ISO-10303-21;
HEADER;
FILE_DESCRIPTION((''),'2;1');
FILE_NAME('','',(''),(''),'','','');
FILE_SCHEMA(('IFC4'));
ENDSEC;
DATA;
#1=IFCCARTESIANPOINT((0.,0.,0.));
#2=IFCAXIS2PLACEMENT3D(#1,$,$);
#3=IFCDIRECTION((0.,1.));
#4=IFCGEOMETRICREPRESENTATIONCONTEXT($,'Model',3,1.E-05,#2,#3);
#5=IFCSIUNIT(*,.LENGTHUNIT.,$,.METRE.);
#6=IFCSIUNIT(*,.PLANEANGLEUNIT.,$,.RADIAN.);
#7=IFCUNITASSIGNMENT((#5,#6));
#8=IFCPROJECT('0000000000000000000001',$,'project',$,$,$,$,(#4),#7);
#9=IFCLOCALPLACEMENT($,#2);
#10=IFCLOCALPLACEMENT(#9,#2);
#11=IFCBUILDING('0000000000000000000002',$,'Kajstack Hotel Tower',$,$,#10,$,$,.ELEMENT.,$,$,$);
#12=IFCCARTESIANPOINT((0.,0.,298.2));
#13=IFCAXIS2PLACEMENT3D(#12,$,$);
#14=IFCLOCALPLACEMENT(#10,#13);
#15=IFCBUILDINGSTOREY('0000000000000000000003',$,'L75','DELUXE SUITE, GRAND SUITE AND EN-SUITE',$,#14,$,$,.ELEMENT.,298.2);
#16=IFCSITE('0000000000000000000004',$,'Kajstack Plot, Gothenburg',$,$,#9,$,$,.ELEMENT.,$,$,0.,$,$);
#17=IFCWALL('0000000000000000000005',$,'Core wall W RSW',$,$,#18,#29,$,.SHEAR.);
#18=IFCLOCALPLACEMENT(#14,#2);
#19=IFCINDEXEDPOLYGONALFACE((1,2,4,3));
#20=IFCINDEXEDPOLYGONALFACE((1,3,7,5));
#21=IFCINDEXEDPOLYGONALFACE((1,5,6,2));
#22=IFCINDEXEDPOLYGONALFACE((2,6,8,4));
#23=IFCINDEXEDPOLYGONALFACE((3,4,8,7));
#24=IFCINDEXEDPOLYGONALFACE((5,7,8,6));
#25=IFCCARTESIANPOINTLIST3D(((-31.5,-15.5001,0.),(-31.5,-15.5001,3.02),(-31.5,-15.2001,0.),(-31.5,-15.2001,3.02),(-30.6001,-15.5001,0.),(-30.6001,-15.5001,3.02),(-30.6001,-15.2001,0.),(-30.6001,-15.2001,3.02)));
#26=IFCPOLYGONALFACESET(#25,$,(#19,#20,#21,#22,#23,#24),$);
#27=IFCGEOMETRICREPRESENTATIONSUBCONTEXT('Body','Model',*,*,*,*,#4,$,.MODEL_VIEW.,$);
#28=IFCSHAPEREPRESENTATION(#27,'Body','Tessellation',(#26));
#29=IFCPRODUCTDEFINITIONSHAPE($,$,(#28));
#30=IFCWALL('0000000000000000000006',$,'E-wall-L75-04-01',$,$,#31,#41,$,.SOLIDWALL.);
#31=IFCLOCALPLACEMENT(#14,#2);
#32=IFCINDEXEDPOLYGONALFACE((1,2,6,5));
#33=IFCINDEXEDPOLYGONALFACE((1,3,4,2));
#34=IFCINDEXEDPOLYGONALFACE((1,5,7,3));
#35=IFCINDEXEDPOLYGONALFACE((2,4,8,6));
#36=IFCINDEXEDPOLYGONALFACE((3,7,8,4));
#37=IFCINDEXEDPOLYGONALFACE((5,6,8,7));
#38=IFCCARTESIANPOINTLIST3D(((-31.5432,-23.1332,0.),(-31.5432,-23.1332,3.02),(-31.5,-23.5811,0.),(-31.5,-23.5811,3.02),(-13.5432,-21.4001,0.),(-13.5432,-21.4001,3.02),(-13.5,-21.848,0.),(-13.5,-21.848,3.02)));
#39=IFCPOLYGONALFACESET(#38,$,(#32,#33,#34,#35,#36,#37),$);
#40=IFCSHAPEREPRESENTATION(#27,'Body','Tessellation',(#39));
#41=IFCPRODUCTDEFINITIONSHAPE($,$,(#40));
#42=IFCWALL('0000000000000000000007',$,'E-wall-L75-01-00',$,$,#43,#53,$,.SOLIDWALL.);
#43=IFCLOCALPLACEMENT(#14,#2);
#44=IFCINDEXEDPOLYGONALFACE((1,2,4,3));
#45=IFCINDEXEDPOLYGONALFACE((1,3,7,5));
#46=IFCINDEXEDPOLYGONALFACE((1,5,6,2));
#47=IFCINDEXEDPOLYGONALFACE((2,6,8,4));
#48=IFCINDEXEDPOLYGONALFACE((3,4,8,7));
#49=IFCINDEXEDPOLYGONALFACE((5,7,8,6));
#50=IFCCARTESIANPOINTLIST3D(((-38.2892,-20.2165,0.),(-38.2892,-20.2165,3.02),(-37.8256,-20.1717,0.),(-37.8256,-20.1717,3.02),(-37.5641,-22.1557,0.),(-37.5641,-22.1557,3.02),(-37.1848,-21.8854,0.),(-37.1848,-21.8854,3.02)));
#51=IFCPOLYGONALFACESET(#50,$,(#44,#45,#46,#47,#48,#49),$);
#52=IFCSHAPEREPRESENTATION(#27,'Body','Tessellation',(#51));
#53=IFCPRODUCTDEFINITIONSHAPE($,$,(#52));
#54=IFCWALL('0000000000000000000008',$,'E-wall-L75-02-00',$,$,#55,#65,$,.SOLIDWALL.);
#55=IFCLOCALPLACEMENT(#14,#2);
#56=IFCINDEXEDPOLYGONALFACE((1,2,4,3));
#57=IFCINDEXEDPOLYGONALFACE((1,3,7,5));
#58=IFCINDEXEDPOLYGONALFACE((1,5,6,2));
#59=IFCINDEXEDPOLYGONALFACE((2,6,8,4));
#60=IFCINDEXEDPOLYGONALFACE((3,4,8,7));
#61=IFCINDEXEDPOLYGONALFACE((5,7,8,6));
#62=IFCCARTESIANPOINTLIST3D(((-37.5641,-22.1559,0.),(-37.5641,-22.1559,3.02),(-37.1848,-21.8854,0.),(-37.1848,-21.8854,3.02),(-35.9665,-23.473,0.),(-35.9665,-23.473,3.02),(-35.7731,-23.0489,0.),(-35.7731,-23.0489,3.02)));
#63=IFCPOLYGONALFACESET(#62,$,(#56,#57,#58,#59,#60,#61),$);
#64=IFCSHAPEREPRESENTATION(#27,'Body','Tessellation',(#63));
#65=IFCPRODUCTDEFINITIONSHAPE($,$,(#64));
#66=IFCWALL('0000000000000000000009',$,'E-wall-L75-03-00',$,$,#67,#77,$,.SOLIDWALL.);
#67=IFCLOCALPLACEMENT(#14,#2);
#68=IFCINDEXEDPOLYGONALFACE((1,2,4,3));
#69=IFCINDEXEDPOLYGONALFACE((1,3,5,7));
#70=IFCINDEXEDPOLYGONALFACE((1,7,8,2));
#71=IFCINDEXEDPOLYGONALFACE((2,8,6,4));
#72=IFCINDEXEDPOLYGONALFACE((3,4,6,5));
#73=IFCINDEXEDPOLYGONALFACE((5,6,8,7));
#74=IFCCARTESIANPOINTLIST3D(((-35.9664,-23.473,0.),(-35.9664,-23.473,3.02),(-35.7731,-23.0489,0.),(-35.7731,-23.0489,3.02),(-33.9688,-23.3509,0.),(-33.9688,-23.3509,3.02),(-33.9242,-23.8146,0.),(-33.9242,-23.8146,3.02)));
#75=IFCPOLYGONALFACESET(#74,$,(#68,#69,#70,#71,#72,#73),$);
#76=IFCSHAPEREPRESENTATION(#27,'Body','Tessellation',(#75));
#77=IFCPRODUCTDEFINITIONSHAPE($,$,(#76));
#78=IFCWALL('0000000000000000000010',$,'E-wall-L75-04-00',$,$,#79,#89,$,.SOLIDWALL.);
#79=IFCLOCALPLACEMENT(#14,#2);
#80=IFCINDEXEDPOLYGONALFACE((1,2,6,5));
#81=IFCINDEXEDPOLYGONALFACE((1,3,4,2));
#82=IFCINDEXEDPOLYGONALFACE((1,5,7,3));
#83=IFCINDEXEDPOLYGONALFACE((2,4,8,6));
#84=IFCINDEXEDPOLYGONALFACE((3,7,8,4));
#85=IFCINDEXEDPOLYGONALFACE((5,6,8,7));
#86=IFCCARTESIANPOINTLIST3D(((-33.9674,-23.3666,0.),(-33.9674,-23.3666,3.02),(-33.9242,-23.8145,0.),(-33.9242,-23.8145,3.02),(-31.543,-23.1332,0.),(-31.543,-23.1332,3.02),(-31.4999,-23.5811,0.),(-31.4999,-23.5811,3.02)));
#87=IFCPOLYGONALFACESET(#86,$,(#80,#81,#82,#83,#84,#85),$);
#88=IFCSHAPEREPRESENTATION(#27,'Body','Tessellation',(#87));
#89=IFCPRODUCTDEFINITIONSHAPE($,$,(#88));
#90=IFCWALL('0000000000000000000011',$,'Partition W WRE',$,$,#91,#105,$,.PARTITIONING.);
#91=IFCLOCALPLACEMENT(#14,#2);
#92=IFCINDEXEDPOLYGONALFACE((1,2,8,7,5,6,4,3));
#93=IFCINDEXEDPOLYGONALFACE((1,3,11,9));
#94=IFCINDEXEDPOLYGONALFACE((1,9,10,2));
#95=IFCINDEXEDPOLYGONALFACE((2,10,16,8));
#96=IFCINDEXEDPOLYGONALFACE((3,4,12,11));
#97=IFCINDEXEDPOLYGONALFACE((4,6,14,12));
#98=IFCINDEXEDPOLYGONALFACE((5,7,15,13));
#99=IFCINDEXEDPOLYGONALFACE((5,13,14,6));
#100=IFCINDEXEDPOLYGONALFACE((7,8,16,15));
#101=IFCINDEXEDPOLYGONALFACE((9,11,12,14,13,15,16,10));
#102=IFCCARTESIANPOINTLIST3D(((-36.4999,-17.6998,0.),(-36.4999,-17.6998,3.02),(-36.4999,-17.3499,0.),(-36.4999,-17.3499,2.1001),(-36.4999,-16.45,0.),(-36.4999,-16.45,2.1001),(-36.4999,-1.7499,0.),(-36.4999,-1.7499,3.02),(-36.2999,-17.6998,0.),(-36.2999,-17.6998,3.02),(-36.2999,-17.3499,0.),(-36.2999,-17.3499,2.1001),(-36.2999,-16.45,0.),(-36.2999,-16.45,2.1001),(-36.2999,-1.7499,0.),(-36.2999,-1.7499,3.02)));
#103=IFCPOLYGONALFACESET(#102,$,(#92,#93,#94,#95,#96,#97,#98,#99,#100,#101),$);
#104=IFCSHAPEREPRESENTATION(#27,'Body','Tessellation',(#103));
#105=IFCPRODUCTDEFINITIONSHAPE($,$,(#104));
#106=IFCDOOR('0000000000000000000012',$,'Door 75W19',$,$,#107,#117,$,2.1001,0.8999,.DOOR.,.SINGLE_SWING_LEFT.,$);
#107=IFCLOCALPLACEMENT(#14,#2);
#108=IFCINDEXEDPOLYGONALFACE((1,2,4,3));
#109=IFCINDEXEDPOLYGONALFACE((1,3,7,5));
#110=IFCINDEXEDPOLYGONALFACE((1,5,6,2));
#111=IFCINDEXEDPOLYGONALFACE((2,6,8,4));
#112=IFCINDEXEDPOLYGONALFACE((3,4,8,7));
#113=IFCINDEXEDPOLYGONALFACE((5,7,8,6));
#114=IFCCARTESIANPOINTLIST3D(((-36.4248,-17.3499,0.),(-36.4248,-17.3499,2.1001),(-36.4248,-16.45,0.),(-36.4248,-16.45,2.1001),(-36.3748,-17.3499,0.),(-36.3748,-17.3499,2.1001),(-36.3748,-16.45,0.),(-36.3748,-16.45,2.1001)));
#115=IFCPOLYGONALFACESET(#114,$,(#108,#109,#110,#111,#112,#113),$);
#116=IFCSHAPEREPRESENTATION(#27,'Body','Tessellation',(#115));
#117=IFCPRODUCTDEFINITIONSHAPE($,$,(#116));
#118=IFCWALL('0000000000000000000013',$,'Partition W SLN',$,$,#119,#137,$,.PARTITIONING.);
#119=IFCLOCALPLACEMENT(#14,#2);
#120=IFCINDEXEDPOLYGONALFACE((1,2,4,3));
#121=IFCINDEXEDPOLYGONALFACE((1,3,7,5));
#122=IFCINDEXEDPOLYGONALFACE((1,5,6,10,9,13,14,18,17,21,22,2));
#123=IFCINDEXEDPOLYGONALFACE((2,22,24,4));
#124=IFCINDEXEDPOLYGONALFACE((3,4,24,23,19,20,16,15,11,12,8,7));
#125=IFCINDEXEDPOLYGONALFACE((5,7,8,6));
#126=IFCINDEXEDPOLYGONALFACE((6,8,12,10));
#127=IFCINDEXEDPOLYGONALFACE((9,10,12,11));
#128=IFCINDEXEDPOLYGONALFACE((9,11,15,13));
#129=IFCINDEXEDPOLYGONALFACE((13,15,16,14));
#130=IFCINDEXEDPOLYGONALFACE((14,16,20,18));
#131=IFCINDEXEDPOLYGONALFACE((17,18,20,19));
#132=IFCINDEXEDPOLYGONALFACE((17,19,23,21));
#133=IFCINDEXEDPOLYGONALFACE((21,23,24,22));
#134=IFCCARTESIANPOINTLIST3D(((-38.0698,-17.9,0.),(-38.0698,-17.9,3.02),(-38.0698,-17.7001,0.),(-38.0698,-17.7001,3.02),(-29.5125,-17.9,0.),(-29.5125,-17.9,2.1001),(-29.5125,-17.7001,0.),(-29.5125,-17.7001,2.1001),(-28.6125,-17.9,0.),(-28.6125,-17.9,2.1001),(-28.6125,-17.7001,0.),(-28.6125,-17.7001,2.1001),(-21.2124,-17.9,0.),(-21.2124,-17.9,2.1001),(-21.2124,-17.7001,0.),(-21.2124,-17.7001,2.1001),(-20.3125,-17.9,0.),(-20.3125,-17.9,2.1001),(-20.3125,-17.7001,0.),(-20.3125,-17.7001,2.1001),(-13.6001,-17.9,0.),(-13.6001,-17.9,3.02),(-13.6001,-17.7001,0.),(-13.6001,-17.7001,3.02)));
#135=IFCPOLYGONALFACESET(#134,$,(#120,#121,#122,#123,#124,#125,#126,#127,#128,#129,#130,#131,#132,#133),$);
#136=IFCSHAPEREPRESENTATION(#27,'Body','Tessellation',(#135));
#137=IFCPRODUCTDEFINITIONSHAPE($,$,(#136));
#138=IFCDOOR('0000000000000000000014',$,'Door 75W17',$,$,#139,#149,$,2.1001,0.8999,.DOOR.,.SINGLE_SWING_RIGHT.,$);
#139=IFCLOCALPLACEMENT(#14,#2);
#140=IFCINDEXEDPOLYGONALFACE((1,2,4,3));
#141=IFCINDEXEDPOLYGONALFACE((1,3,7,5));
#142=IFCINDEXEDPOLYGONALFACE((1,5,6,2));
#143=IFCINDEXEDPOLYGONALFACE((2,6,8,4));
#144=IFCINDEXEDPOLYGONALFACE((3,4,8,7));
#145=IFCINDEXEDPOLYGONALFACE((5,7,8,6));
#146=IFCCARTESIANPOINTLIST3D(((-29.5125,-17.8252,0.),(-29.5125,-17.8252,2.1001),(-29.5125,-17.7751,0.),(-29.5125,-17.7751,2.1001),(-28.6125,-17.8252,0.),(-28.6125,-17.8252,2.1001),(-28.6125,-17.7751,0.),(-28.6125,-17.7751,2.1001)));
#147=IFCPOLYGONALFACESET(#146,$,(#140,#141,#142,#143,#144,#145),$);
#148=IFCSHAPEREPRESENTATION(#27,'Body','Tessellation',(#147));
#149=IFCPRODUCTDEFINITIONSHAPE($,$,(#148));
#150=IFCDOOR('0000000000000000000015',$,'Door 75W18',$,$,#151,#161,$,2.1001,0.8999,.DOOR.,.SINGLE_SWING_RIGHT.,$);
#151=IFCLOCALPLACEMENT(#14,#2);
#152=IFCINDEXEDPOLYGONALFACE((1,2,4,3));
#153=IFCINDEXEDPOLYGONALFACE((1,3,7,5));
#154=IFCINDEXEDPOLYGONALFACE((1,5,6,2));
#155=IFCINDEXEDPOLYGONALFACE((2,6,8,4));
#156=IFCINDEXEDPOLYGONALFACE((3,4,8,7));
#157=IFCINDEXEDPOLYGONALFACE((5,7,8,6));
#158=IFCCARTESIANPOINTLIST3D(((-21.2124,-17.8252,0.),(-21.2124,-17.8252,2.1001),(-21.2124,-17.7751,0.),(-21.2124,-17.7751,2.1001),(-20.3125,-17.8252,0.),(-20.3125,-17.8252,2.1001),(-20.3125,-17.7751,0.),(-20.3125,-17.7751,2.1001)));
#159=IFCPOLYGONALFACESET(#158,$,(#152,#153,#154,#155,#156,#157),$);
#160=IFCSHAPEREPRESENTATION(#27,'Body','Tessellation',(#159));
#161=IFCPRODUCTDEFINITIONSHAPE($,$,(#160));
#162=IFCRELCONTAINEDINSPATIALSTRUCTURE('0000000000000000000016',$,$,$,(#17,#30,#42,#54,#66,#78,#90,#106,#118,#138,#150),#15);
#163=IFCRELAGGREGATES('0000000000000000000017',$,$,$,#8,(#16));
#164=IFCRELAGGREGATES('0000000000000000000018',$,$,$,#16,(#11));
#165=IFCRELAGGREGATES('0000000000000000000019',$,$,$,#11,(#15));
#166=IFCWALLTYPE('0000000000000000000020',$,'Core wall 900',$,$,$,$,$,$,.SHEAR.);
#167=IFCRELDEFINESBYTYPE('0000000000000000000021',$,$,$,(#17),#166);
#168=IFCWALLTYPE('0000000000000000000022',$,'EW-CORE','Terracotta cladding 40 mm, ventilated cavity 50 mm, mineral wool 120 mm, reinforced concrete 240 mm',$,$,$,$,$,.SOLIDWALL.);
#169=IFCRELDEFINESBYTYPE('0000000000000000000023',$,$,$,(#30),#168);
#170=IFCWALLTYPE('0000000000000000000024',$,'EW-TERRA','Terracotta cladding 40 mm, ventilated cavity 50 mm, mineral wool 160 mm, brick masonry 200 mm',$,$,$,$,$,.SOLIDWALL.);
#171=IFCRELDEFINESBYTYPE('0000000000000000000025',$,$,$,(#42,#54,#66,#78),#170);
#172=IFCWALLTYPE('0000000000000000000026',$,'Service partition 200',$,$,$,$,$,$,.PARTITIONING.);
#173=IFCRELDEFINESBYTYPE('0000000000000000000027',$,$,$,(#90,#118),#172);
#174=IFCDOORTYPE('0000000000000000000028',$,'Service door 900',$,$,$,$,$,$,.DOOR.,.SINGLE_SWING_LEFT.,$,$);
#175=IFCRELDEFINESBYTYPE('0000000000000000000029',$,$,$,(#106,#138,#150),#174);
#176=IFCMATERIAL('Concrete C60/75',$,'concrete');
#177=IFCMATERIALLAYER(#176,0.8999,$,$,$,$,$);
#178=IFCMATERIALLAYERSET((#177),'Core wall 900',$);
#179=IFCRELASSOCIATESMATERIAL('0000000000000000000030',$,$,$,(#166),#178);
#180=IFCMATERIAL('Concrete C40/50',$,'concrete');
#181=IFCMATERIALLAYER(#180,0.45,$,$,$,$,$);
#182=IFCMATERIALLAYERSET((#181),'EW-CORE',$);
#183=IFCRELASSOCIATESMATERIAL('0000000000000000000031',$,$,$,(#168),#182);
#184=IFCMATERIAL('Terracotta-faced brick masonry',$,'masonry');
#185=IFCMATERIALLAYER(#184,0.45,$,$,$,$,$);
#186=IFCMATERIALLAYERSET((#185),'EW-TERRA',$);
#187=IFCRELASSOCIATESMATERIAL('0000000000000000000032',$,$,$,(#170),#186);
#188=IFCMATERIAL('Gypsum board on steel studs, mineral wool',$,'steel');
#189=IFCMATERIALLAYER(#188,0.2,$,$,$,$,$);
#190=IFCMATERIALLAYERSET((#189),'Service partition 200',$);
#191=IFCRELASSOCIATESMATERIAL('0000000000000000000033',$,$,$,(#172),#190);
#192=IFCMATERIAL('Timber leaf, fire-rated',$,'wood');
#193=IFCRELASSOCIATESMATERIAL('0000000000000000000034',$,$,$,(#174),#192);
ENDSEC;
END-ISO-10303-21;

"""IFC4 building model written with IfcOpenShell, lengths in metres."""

from ifc_helpers import new_model, si_unit, direction, frame, frame_2d, origin, place, context, subcontext, project, spatial, polyline, rectangle, outline, extrude, material, layer, layer_set, type_object, element, fill, save


model = new_model("IFC4")

# Units and contexts
model_context = context("Model", 3, precision=1e-05, world=origin(), true_north=direction((0.0, 1.0)))
body_context = subcontext(model_context, "Body", "Model", "MODEL_VIEW")
ifc_project = project(units=[si_unit("LENGTHUNIT", "METRE"), si_unit("PLANEANGLEUNIT", "RADIAN")], contexts=[model_context])

# Site, building, storey
site_placement = place(None, origin())
site = spatial("IfcSite", under=ifc_project, at=site_placement, Name="Kajstack Plot, Gothenburg", CompositionType="ELEMENT", RefElevation=0.0)
building_placement = place(site_placement, origin())
building = spatial("IfcBuilding", under=site, at=building_placement, Name="Kajstack Hotel Tower", CompositionType="ELEMENT")
storey_placement = place(building_placement, frame((0.0, 0.0, 298.2)))
storey = spatial("IfcBuildingStorey", under=building, at=storey_placement, Name="L75", Description="DELUXE SUITE, GRAND SUITE AND EN-SUITE", CompositionType="ELEMENT", Elevation=298.2)

# Walls
ifc_material_1 = material(Name="Concrete C60/75", Category="concrete")
ifc_layer_1 = layer(ifc_material_1, 0.8999)
ifc_layer_set_1 = layer_set([ifc_layer_1], Name="Core wall 900")
wall_type_1 = type_object("IfcWallType", Name="Core wall 900", PredefinedType="SHEAR", material=ifc_layer_set_1)
wall_1_placement = place(storey_placement, frame((-31.5, -15.3501, 0.0), z_axis=(0.0, 0.0, 1.0), x_axis=(1.0, 0.0, 0.0)))
element("IfcWall", 1, at=wall_1_placement, inside=storey, type_object=wall_type_1, Name="Core wall W RSW", PredefinedType="SHEAR", context=body_context, shape_type="SweptSolid", body=[
    extrude(rectangle(XDim=0.8999, YDim=0.3, at=frame_2d((0.45, 0.0))), origin(), (0.0, 0.0, 1.0), 3.02),
])
ifc_material_2 = material(Name="Concrete C40/50", Category="concrete")
ifc_layer_2 = layer(ifc_material_2, 0.45)
ifc_layer_set_2 = layer_set([ifc_layer_2], Name="EW-CORE")
wall_type_2 = type_object("IfcWallType", Name="EW-CORE", Description="Terracotta cladding 40 mm, ventilated cavity 50 mm, mineral wool 120 mm, reinforced concrete 240 mm", PredefinedType="SOLIDWALL", material=ifc_layer_set_2)
wall_2_placement = place(storey_placement, frame((-31.5215, -23.3572, 0.0), z_axis=(0.0, 0.0, 1.0), x_axis=(0.995396, 0.095843, 0.0)))
element("IfcWall", 2, at=wall_2_placement, inside=storey, type_object=wall_type_2, Name="E-wall-L75-04-01", PredefinedType="SOLIDWALL", context=body_context, shape_type="SweptSolid", body=[
    extrude(rectangle(XDim=18.0833, YDim=0.45, at=frame_2d((9.0415, 0.0))), origin(), (0.0, 0.0, 1.0), 3.02),
])
ifc_material_3 = material(Name="Terracotta-faced brick masonry", Category="masonry")
ifc_layer_3 = layer(ifc_material_3, 0.45)
ifc_layer_set_3 = layer_set([ifc_layer_3], Name="EW-TERRA")
wall_type_3 = type_object("IfcWallType", Name="EW-TERRA", Description="Terracotta cladding 40 mm, ventilated cavity 50 mm, mineral wool 160 mm, brick masonry 200 mm", PredefinedType="SOLIDWALL", material=ifc_layer_set_3)
wall_3_placement = place(storey_placement, frame((-38.0784, -20.1377, 0.0), z_axis=(0.0, 0.0, 1.0), x_axis=(0.350232, -0.936663, 0.0)))
element("IfcWall", 3, at=wall_3_placement, inside=storey, type_object=wall_type_3, Name="E-wall-L75-01-00", PredefinedType="SOLIDWALL", context=body_context, shape_type="SweptSolid", body=[
    extrude(outline(polyline([(0.0, -0.2251), (2.0703, -0.2251), (1.95, 0.2249), (0.1204, 0.2249), (0.0, -0.2251)])), origin(), (0.0, 0.0, 1.0), 3.02),
])
wall_4_placement = place(storey_placement, frame((-37.4209, -21.9822, 0.0), z_axis=(0.0, 0.0, 1.0), x_axis=(0.771593, -0.636116, 0.0)))
element("IfcWall", 4, at=wall_4_placement, inside=storey, type_object=wall_type_3, Name="E-wall-L75-02-00", PredefinedType="SOLIDWALL", context=body_context, shape_type="SweptSolid", body=[
    extrude(outline(polyline([(0.0, -0.2251), (2.0706, -0.2251), (1.95, 0.2251), (0.1206, 0.2249), (0.0, -0.2251)])), origin(), (0.0, 0.0, 1.0), 3.02),
])
wall_5_placement = place(storey_placement, frame((-35.9292, -23.251, 0.0), z_axis=(0.0, 0.0, 1.0), x_axis=(0.986279, -0.165087, 0.0)))
element("IfcWall", 5, at=wall_5_placement, inside=storey, type_object=wall_type_3, Name="E-wall-L75-03-00", PredefinedType="SOLIDWALL", context=body_context, shape_type="SweptSolid", body=[
    extrude(outline(polyline([(0.0, -0.2251), (2.0706, -0.2249), (1.95, 0.2251), (0.1206, 0.2251), (0.0, -0.2251)])), origin(), (0.0, 0.0, 1.0), 3.02),
])
wall_6_placement = place(storey_placement, frame((-33.9458, -23.5906, 0.0), z_axis=(0.0, 0.0, 1.0), x_axis=(0.995398, 0.095831, 0.0)))
element("IfcWall", 6, at=wall_6_placement, inside=storey, type_object=wall_type_3, Name="E-wall-L75-04-00", PredefinedType="SOLIDWALL", context=body_context, shape_type="SweptSolid", body=[
    extrude(rectangle(XDim=2.4355, YDim=0.45, at=frame_2d((1.2178, 0.0))), origin(), (0.0, 0.0, 1.0), 3.02),
])

# Wall, opening, door
ifc_material_4 = material(Name="Gypsum board on steel studs, mineral wool", Category="steel")
ifc_layer_4 = layer(ifc_material_4, 0.2)
ifc_layer_set_4 = layer_set([ifc_layer_4], Name="Service partition 200")
wall_type_4 = type_object("IfcWallType", Name="Service partition 200", PredefinedType="PARTITIONING", material=ifc_layer_set_4)
wall_7_placement = place(storey_placement, frame((-36.3999, -17.7, 0.0), z_axis=(0.0, 0.0, 1.0), x_axis=(0.0, 1.0, 0.0)))
wall_7 = element("IfcWall", 7, at=wall_7_placement, inside=storey, type_object=wall_type_4, Name="Partition W WRE", PredefinedType="PARTITIONING", context=body_context, shape_type="SweptSolid", body=[
    extrude(rectangle(XDim=15.95, YDim=0.2, at=frame_2d((7.9751, 0.0))), origin(), (0.0, 0.0, 1.0), 3.02),
])
opening_1_placement = place(wall_7_placement, frame((0.3501, 0.0, 0.0)))
opening_1 = element("IfcOpeningElement", 8, at=opening_1_placement, cuts=wall_7, PredefinedType="OPENING", context=body_context, shape_type="SweptSolid", body=[
    extrude(rectangle(XDim=0.8999, YDim=2.1001, at=frame_2d((0.45, 1.05))), frame((0.0, 0.1099, 0.0), z_axis=(0.0, -1.0, 0.0), x_axis=(1.0, 0.0, 0.0)), (0.0, 0.0, 1.0), 0.22),
])
ifc_material_5 = material(Name="Timber leaf, fire-rated", Category="wood")
door_type_1 = type_object("IfcDoorType", Name="Service door 900", OperationType="SINGLE_SWING_LEFT", PredefinedType="DOOR", material=ifc_material_5)
door_1_placement = place(opening_1_placement, origin())
door_1 = element("IfcDoor", 9, at=door_1_placement, inside=storey, type_object=door_type_1, Name="Door 75W19", OperationType="SINGLE_SWING_LEFT", OverallHeight=2.1001, OverallWidth=0.8999, PredefinedType="DOOR", context=body_context, shape_type="SweptSolid", body=[
    extrude(rectangle(XDim=0.8999, YDim=2.1001, at=frame_2d((0.45, 1.05))), frame((0.0, 0.0249, 0.0), z_axis=(0.0, -1.0, 0.0), x_axis=(1.0, 0.0, 0.0)), (0.0, 0.0, 1.0), 0.05),
])
fill(opening_1, door_1)

# Wall, openings, doors
wall_8_placement = place(storey_placement, frame((-38.0698, -17.8, 0.0), z_axis=(0.0, 0.0, 1.0), x_axis=(1.0, 0.0, 0.0)))
wall_8 = element("IfcWall", 10, at=wall_8_placement, inside=storey, type_object=wall_type_4, Name="Partition W SLN", PredefinedType="PARTITIONING", context=body_context, shape_type="SweptSolid", body=[
    extrude(rectangle(XDim=24.4697, YDim=0.2, at=frame_2d((12.2349, 0.0))), origin(), (0.0, 0.0, 1.0), 3.02),
])
opening_2_placement = place(wall_8_placement, frame((8.5574, 0.0, 0.0)))
opening_2 = element("IfcOpeningElement", 11, at=opening_2_placement, cuts=wall_8, PredefinedType="OPENING", context=body_context, shape_type="SweptSolid", body=[
    extrude(rectangle(XDim=0.8999, YDim=2.1001, at=frame_2d((0.45, 1.05))), frame((0.0, 0.1099, 0.0), z_axis=(0.0, -1.0, 0.0), x_axis=(1.0, 0.0, 0.0)), (0.0, 0.0, 1.0), 0.22),
])
opening_3_placement = place(wall_8_placement, frame((16.8574, 0.0, 0.0)))
opening_3 = element("IfcOpeningElement", 12, at=opening_3_placement, cuts=wall_8, PredefinedType="OPENING", context=body_context, shape_type="SweptSolid", body=[
    extrude(rectangle(XDim=0.8999, YDim=2.1001, at=frame_2d((0.45, 1.05))), frame((0.0, 0.1099, 0.0), z_axis=(0.0, -1.0, 0.0), x_axis=(1.0, 0.0, 0.0)), (0.0, 0.0, 1.0), 0.22),
])
door_2_placement = place(opening_2_placement, origin())
door_2 = element("IfcDoor", 13, at=door_2_placement, inside=storey, type_object=door_type_1, Name="Door 75W17", OperationType="SINGLE_SWING_RIGHT", OverallHeight=2.1001, OverallWidth=0.8999, PredefinedType="DOOR", context=body_context, shape_type="SweptSolid", body=[
    extrude(rectangle(XDim=0.8999, YDim=2.1001, at=frame_2d((0.45, 1.05))), frame((0.0, 0.0249, 0.0), z_axis=(0.0, -1.0, 0.0), x_axis=(1.0, 0.0, 0.0)), (0.0, 0.0, 1.0), 0.05),
])
fill(opening_2, door_2)
door_3_placement = place(opening_3_placement, origin())
door_3 = element("IfcDoor", 14, at=door_3_placement, inside=storey, type_object=door_type_1, Name="Door 75W18", OperationType="SINGLE_SWING_RIGHT", OverallHeight=2.1001, OverallWidth=0.8999, PredefinedType="DOOR", context=body_context, shape_type="SweptSolid", body=[
    extrude(rectangle(XDim=0.8999, YDim=2.1001, at=frame_2d((0.45, 1.05))), frame((0.0, 0.0249, 0.0), z_axis=(0.0, -1.0, 0.0), x_axis=(1.0, 0.0, 0.0)), (0.0, 0.0, 1.0), 0.05),
])
fill(opening_3, door_3)

save(model, "model.ifc")
